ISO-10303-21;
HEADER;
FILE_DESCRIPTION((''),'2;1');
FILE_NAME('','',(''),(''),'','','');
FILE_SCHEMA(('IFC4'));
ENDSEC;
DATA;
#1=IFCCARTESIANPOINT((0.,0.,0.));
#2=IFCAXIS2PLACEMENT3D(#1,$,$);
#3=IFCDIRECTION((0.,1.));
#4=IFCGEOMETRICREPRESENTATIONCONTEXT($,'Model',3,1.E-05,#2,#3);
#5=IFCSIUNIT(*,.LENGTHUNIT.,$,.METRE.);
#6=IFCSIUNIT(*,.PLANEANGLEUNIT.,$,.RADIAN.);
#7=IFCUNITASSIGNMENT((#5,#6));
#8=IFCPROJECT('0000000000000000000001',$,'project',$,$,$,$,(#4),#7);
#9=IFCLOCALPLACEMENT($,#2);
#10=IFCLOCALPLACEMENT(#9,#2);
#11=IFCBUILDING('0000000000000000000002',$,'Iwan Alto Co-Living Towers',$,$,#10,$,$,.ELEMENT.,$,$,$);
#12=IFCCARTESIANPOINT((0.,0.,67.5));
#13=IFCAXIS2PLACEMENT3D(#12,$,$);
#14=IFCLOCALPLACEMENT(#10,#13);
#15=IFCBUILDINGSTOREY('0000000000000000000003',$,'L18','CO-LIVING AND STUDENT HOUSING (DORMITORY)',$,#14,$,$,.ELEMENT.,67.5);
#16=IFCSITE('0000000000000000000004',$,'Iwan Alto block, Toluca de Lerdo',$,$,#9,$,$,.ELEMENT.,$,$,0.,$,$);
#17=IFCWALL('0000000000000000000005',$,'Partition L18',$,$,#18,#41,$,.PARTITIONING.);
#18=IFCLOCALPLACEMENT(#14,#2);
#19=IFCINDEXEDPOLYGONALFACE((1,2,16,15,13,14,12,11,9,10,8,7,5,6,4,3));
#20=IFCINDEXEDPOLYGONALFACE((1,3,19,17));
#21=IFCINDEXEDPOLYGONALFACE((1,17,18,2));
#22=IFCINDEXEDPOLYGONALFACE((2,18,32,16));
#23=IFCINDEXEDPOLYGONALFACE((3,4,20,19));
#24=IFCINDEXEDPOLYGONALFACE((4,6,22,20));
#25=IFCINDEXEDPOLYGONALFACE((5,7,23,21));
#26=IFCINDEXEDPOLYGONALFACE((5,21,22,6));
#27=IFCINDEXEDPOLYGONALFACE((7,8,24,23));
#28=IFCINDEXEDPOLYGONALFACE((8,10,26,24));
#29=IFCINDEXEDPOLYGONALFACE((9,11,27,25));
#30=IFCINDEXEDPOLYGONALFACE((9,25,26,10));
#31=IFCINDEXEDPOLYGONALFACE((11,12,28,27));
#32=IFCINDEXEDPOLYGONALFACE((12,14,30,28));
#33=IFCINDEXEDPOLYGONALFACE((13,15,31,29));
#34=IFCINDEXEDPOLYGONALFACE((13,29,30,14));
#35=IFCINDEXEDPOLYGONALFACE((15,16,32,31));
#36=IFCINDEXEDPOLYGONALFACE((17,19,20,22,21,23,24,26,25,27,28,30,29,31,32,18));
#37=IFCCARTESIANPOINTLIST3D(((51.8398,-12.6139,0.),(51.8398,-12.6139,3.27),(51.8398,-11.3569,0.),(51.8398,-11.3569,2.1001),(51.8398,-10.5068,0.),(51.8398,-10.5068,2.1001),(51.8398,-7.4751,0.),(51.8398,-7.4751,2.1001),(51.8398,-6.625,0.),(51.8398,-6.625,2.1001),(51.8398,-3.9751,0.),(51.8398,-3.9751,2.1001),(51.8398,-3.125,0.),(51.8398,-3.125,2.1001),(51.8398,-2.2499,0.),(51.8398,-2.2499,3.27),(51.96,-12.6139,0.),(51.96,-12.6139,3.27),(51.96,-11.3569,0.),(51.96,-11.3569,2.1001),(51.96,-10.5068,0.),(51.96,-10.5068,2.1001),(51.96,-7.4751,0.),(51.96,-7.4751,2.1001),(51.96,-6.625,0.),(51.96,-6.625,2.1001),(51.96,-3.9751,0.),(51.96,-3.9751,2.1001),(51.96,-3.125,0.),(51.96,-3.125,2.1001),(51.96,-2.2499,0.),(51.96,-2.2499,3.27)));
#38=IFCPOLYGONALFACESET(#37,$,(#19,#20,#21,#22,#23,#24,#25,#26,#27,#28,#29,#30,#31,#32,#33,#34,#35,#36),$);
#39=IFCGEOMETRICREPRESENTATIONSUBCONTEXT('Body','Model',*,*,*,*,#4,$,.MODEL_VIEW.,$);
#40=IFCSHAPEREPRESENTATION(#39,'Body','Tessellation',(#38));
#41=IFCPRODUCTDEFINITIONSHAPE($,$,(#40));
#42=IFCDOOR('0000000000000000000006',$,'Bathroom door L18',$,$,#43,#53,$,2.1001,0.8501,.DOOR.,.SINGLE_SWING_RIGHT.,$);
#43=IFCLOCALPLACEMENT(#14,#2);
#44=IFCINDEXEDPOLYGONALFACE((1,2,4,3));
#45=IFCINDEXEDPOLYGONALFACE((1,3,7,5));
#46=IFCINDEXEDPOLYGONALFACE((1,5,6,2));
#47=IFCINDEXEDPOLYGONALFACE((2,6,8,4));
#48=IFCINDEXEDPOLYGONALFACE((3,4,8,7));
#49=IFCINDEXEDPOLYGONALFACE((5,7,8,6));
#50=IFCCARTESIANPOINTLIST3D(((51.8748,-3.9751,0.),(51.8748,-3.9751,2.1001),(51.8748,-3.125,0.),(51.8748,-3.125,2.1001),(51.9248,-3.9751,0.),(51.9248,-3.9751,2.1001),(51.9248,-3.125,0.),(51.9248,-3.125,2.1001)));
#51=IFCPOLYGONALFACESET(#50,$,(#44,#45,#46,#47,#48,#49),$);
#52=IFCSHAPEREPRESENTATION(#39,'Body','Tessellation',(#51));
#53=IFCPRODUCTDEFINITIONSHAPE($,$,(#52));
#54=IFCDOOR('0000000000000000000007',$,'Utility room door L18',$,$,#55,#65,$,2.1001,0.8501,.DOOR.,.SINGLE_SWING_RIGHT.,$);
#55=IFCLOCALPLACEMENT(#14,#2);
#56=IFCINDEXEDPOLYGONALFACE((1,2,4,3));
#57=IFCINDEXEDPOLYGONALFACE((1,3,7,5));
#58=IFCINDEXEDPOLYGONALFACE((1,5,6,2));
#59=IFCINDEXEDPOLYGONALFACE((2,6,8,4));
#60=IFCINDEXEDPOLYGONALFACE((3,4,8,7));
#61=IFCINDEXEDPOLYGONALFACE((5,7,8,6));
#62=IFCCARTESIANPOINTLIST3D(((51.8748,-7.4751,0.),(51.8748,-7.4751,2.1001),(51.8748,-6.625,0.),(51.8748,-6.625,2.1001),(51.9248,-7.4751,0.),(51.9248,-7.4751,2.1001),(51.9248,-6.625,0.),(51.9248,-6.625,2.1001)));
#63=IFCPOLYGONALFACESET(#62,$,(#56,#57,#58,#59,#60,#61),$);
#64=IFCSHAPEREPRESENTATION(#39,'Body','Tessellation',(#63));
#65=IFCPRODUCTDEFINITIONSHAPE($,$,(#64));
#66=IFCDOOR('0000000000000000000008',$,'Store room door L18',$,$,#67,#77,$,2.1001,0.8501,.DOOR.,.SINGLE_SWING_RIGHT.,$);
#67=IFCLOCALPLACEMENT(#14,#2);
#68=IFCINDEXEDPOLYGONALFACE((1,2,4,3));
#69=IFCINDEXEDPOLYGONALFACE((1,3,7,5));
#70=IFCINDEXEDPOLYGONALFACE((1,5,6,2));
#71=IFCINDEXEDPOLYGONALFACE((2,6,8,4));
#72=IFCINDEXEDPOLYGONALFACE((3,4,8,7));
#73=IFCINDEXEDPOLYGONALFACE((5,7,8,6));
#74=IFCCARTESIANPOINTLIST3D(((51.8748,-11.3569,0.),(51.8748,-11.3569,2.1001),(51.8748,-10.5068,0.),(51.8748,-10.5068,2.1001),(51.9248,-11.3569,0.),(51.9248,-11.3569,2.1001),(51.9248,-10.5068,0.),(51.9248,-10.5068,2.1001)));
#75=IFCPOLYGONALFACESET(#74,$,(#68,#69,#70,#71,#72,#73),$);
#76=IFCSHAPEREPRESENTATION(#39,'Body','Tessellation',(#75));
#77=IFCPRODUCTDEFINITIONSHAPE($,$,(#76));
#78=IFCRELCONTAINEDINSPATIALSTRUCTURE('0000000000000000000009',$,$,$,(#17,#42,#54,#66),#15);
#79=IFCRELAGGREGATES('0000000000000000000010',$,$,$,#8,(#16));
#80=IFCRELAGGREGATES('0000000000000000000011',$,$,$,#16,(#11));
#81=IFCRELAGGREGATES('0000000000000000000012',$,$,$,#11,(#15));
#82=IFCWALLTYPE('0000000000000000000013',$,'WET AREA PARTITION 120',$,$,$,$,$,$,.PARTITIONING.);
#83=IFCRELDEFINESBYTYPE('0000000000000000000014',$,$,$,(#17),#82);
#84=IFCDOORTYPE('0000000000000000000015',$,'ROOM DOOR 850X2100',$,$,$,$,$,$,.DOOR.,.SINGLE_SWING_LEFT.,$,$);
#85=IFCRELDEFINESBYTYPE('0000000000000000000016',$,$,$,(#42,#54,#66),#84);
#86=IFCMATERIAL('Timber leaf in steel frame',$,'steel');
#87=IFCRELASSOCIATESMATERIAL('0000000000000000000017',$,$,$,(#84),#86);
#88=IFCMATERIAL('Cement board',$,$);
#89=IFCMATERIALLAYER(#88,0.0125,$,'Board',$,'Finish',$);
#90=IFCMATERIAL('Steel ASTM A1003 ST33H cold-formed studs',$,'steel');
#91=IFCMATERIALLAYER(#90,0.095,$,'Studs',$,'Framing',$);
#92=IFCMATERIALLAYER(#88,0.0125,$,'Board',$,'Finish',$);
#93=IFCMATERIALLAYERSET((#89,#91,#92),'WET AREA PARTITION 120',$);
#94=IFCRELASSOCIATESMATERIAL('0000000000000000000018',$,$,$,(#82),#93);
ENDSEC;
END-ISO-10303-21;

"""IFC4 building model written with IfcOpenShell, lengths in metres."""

from ifc_helpers import new_model, si_unit, direction, frame, frame_2d, origin, place, context, subcontext, project, spatial, rectangle, extrude, material, layer, layer_set, type_object, element, fill, save


model = new_model("IFC4")

# Units and contexts
model_context = context("Model", 3, precision=1e-05, world=origin(), true_north=direction((0.0, 1.0)))
body_context = subcontext(model_context, "Body", "Model", "MODEL_VIEW")
ifc_project = project(units=[si_unit("LENGTHUNIT", "METRE"), si_unit("PLANEANGLEUNIT", "RADIAN")], contexts=[model_context])

# Site, building, storey
site_placement = place(None, origin())
site = spatial("IfcSite", under=ifc_project, at=site_placement, Name="Iwan Alto block, Toluca de Lerdo", CompositionType="ELEMENT", RefElevation=0.0)
building_placement = place(site_placement, origin())
building = spatial("IfcBuilding", under=site, at=building_placement, Name="Iwan Alto Co-Living Towers", CompositionType="ELEMENT")
storey_placement = place(building_placement, frame((0.0, 0.0, 67.5)))
storey = spatial("IfcBuildingStorey", under=building, at=storey_placement, Name="L18", Description="CO-LIVING AND STUDENT HOUSING (DORMITORY)", CompositionType="ELEMENT", Elevation=67.5)

# Shared definitions
ifc_material_1 = material(Name="Steel ASTM A1003 ST33H cold-formed studs", Category="steel")

# Shared definitions
ifc_material_2 = material(Name="Timber leaf in steel frame", Category="steel")
door_type_1 = type_object("IfcDoorType", Name="ROOM DOOR 850X2100", OperationType="SINGLE_SWING_LEFT", PredefinedType="DOOR", material=ifc_material_2)

# Shared definitions
ifc_material_3 = material(Name="Cement board")
ifc_layer_1 = layer(ifc_material_3, 0.0125, Name="Board", Category="Finish")
ifc_layer_2 = layer(ifc_material_1, 0.095, Name="Studs", Category="Framing")
ifc_layer_3 = layer(ifc_material_3, 0.0125, Name="Board", Category="Finish")
ifc_layer_set_1 = layer_set([ifc_layer_1, ifc_layer_2, ifc_layer_3], Name="WET AREA PARTITION 120")
wall_type_1 = type_object("IfcWallType", Name="WET AREA PARTITION 120", PredefinedType="PARTITIONING", material=ifc_layer_set_1)

# Wall, openings, doors
wall_1_placement = place(storey_placement, frame((51.8999, -12.614, 0.0), z_axis=(0.0, 0.0, 1.0), x_axis=(0.0, 1.0, 0.0)))
wall_1 = element("IfcWall", 1, at=wall_1_placement, inside=storey, type_object=wall_type_1, Name="Partition L18", PredefinedType="PARTITIONING", context=body_context, shape_type="SweptSolid", body=[
    extrude(rectangle(XDim=10.364, YDim=0.1201, at=frame_2d((5.1821, 0.0))), origin(), (0.0, 0.0, 1.0), 3.27),
])
opening_1_placement = place(wall_1_placement, frame((8.6389, 0.0, 0.0)))
opening_1 = element("IfcOpeningElement", 2, at=opening_1_placement, cuts=wall_1, PredefinedType="OPENING", context=body_context, shape_type="SweptSolid", body=[
    extrude(rectangle(XDim=0.8501, YDim=2.1001, at=frame_2d((0.425, 1.05))), frame((0.0, 0.0701, 0.0), z_axis=(0.0, -1.0, 0.0), x_axis=(1.0, 0.0, 0.0)), (0.0, 0.0, 1.0), 0.1401),
])
opening_2_placement = place(wall_1_placement, frame((5.1389, 0.0, 0.0)))
opening_2 = element("IfcOpeningElement", 3, at=opening_2_placement, cuts=wall_1, PredefinedType="OPENING", context=body_context, shape_type="SweptSolid", body=[
    extrude(rectangle(XDim=0.8501, YDim=2.1001, at=frame_2d((0.425, 1.05))), frame((0.0, 0.0701, 0.0), z_axis=(0.0, -1.0, 0.0), x_axis=(1.0, 0.0, 0.0)), (0.0, 0.0, 1.0), 0.1401),
])
opening_3_placement = place(wall_1_placement, frame((1.2571, 0.0, 0.0)))
opening_3 = element("IfcOpeningElement", 4, at=opening_3_placement, cuts=wall_1, PredefinedType="OPENING", context=body_context, shape_type="SweptSolid", body=[
    extrude(rectangle(XDim=0.8501, YDim=2.1001, at=frame_2d((0.425, 1.05))), frame((0.0, 0.0701, 0.0), z_axis=(0.0, -1.0, 0.0), x_axis=(1.0, 0.0, 0.0)), (0.0, 0.0, 1.0), 0.1401),
])
door_1_placement = place(opening_1_placement, frame((0.8501, 0.0, 0.0), z_axis=(0.0, 0.0, 1.0), x_axis=(-1.0, 0.0, 0.0)))
door_1 = element("IfcDoor", 5, at=door_1_placement, inside=storey, type_object=door_type_1, Name="Bathroom door L18", OperationType="SINGLE_SWING_RIGHT", OverallHeight=2.1001, OverallWidth=0.8501, PredefinedType="DOOR", context=body_context, shape_type="SweptSolid", body=[
    extrude(rectangle(XDim=0.8501, YDim=2.1001, at=frame_2d((0.425, 1.05))), frame((0.0, 0.0249, 0.0), z_axis=(0.0, -1.0, 0.0), x_axis=(1.0, 0.0, 0.0)), (0.0, 0.0, 1.0), 0.05),
])
fill(opening_1, door_1)
door_2_placement = place(opening_2_placement, frame((0.8501, 0.0, 0.0), z_axis=(0.0, 0.0, 1.0), x_axis=(-1.0, 0.0, 0.0)))
door_2 = element("IfcDoor", 6, at=door_2_placement, inside=storey, type_object=door_type_1, Name="Utility room door L18", OperationType="SINGLE_SWING_RIGHT", OverallHeight=2.1001, OverallWidth=0.8501, PredefinedType="DOOR", context=body_context, shape_type="SweptSolid", body=[
    extrude(rectangle(XDim=0.8501, YDim=2.1001, at=frame_2d((0.425, 1.05))), frame((0.0, 0.0249, 0.0), z_axis=(0.0, -1.0, 0.0), x_axis=(1.0, 0.0, 0.0)), (0.0, 0.0, 1.0), 0.05),
])
fill(opening_2, door_2)
door_3_placement = place(opening_3_placement, frame((0.8501, 0.0, 0.0), z_axis=(0.0, 0.0, 1.0), x_axis=(-1.0, 0.0, 0.0)))
door_3 = element("IfcDoor", 7, at=door_3_placement, inside=storey, type_object=door_type_1, Name="Store room door L18", OperationType="SINGLE_SWING_RIGHT", OverallHeight=2.1001, OverallWidth=0.8501, PredefinedType="DOOR", context=body_context, shape_type="SweptSolid", body=[
    extrude(rectangle(XDim=0.8501, YDim=2.1001, at=frame_2d((0.425, 1.05))), frame((0.0, 0.0249, 0.0), z_axis=(0.0, -1.0, 0.0), x_axis=(1.0, 0.0, 0.0)), (0.0, 0.0, 1.0), 0.05),
])
fill(opening_3, door_3)

save(model, "model.ifc")
